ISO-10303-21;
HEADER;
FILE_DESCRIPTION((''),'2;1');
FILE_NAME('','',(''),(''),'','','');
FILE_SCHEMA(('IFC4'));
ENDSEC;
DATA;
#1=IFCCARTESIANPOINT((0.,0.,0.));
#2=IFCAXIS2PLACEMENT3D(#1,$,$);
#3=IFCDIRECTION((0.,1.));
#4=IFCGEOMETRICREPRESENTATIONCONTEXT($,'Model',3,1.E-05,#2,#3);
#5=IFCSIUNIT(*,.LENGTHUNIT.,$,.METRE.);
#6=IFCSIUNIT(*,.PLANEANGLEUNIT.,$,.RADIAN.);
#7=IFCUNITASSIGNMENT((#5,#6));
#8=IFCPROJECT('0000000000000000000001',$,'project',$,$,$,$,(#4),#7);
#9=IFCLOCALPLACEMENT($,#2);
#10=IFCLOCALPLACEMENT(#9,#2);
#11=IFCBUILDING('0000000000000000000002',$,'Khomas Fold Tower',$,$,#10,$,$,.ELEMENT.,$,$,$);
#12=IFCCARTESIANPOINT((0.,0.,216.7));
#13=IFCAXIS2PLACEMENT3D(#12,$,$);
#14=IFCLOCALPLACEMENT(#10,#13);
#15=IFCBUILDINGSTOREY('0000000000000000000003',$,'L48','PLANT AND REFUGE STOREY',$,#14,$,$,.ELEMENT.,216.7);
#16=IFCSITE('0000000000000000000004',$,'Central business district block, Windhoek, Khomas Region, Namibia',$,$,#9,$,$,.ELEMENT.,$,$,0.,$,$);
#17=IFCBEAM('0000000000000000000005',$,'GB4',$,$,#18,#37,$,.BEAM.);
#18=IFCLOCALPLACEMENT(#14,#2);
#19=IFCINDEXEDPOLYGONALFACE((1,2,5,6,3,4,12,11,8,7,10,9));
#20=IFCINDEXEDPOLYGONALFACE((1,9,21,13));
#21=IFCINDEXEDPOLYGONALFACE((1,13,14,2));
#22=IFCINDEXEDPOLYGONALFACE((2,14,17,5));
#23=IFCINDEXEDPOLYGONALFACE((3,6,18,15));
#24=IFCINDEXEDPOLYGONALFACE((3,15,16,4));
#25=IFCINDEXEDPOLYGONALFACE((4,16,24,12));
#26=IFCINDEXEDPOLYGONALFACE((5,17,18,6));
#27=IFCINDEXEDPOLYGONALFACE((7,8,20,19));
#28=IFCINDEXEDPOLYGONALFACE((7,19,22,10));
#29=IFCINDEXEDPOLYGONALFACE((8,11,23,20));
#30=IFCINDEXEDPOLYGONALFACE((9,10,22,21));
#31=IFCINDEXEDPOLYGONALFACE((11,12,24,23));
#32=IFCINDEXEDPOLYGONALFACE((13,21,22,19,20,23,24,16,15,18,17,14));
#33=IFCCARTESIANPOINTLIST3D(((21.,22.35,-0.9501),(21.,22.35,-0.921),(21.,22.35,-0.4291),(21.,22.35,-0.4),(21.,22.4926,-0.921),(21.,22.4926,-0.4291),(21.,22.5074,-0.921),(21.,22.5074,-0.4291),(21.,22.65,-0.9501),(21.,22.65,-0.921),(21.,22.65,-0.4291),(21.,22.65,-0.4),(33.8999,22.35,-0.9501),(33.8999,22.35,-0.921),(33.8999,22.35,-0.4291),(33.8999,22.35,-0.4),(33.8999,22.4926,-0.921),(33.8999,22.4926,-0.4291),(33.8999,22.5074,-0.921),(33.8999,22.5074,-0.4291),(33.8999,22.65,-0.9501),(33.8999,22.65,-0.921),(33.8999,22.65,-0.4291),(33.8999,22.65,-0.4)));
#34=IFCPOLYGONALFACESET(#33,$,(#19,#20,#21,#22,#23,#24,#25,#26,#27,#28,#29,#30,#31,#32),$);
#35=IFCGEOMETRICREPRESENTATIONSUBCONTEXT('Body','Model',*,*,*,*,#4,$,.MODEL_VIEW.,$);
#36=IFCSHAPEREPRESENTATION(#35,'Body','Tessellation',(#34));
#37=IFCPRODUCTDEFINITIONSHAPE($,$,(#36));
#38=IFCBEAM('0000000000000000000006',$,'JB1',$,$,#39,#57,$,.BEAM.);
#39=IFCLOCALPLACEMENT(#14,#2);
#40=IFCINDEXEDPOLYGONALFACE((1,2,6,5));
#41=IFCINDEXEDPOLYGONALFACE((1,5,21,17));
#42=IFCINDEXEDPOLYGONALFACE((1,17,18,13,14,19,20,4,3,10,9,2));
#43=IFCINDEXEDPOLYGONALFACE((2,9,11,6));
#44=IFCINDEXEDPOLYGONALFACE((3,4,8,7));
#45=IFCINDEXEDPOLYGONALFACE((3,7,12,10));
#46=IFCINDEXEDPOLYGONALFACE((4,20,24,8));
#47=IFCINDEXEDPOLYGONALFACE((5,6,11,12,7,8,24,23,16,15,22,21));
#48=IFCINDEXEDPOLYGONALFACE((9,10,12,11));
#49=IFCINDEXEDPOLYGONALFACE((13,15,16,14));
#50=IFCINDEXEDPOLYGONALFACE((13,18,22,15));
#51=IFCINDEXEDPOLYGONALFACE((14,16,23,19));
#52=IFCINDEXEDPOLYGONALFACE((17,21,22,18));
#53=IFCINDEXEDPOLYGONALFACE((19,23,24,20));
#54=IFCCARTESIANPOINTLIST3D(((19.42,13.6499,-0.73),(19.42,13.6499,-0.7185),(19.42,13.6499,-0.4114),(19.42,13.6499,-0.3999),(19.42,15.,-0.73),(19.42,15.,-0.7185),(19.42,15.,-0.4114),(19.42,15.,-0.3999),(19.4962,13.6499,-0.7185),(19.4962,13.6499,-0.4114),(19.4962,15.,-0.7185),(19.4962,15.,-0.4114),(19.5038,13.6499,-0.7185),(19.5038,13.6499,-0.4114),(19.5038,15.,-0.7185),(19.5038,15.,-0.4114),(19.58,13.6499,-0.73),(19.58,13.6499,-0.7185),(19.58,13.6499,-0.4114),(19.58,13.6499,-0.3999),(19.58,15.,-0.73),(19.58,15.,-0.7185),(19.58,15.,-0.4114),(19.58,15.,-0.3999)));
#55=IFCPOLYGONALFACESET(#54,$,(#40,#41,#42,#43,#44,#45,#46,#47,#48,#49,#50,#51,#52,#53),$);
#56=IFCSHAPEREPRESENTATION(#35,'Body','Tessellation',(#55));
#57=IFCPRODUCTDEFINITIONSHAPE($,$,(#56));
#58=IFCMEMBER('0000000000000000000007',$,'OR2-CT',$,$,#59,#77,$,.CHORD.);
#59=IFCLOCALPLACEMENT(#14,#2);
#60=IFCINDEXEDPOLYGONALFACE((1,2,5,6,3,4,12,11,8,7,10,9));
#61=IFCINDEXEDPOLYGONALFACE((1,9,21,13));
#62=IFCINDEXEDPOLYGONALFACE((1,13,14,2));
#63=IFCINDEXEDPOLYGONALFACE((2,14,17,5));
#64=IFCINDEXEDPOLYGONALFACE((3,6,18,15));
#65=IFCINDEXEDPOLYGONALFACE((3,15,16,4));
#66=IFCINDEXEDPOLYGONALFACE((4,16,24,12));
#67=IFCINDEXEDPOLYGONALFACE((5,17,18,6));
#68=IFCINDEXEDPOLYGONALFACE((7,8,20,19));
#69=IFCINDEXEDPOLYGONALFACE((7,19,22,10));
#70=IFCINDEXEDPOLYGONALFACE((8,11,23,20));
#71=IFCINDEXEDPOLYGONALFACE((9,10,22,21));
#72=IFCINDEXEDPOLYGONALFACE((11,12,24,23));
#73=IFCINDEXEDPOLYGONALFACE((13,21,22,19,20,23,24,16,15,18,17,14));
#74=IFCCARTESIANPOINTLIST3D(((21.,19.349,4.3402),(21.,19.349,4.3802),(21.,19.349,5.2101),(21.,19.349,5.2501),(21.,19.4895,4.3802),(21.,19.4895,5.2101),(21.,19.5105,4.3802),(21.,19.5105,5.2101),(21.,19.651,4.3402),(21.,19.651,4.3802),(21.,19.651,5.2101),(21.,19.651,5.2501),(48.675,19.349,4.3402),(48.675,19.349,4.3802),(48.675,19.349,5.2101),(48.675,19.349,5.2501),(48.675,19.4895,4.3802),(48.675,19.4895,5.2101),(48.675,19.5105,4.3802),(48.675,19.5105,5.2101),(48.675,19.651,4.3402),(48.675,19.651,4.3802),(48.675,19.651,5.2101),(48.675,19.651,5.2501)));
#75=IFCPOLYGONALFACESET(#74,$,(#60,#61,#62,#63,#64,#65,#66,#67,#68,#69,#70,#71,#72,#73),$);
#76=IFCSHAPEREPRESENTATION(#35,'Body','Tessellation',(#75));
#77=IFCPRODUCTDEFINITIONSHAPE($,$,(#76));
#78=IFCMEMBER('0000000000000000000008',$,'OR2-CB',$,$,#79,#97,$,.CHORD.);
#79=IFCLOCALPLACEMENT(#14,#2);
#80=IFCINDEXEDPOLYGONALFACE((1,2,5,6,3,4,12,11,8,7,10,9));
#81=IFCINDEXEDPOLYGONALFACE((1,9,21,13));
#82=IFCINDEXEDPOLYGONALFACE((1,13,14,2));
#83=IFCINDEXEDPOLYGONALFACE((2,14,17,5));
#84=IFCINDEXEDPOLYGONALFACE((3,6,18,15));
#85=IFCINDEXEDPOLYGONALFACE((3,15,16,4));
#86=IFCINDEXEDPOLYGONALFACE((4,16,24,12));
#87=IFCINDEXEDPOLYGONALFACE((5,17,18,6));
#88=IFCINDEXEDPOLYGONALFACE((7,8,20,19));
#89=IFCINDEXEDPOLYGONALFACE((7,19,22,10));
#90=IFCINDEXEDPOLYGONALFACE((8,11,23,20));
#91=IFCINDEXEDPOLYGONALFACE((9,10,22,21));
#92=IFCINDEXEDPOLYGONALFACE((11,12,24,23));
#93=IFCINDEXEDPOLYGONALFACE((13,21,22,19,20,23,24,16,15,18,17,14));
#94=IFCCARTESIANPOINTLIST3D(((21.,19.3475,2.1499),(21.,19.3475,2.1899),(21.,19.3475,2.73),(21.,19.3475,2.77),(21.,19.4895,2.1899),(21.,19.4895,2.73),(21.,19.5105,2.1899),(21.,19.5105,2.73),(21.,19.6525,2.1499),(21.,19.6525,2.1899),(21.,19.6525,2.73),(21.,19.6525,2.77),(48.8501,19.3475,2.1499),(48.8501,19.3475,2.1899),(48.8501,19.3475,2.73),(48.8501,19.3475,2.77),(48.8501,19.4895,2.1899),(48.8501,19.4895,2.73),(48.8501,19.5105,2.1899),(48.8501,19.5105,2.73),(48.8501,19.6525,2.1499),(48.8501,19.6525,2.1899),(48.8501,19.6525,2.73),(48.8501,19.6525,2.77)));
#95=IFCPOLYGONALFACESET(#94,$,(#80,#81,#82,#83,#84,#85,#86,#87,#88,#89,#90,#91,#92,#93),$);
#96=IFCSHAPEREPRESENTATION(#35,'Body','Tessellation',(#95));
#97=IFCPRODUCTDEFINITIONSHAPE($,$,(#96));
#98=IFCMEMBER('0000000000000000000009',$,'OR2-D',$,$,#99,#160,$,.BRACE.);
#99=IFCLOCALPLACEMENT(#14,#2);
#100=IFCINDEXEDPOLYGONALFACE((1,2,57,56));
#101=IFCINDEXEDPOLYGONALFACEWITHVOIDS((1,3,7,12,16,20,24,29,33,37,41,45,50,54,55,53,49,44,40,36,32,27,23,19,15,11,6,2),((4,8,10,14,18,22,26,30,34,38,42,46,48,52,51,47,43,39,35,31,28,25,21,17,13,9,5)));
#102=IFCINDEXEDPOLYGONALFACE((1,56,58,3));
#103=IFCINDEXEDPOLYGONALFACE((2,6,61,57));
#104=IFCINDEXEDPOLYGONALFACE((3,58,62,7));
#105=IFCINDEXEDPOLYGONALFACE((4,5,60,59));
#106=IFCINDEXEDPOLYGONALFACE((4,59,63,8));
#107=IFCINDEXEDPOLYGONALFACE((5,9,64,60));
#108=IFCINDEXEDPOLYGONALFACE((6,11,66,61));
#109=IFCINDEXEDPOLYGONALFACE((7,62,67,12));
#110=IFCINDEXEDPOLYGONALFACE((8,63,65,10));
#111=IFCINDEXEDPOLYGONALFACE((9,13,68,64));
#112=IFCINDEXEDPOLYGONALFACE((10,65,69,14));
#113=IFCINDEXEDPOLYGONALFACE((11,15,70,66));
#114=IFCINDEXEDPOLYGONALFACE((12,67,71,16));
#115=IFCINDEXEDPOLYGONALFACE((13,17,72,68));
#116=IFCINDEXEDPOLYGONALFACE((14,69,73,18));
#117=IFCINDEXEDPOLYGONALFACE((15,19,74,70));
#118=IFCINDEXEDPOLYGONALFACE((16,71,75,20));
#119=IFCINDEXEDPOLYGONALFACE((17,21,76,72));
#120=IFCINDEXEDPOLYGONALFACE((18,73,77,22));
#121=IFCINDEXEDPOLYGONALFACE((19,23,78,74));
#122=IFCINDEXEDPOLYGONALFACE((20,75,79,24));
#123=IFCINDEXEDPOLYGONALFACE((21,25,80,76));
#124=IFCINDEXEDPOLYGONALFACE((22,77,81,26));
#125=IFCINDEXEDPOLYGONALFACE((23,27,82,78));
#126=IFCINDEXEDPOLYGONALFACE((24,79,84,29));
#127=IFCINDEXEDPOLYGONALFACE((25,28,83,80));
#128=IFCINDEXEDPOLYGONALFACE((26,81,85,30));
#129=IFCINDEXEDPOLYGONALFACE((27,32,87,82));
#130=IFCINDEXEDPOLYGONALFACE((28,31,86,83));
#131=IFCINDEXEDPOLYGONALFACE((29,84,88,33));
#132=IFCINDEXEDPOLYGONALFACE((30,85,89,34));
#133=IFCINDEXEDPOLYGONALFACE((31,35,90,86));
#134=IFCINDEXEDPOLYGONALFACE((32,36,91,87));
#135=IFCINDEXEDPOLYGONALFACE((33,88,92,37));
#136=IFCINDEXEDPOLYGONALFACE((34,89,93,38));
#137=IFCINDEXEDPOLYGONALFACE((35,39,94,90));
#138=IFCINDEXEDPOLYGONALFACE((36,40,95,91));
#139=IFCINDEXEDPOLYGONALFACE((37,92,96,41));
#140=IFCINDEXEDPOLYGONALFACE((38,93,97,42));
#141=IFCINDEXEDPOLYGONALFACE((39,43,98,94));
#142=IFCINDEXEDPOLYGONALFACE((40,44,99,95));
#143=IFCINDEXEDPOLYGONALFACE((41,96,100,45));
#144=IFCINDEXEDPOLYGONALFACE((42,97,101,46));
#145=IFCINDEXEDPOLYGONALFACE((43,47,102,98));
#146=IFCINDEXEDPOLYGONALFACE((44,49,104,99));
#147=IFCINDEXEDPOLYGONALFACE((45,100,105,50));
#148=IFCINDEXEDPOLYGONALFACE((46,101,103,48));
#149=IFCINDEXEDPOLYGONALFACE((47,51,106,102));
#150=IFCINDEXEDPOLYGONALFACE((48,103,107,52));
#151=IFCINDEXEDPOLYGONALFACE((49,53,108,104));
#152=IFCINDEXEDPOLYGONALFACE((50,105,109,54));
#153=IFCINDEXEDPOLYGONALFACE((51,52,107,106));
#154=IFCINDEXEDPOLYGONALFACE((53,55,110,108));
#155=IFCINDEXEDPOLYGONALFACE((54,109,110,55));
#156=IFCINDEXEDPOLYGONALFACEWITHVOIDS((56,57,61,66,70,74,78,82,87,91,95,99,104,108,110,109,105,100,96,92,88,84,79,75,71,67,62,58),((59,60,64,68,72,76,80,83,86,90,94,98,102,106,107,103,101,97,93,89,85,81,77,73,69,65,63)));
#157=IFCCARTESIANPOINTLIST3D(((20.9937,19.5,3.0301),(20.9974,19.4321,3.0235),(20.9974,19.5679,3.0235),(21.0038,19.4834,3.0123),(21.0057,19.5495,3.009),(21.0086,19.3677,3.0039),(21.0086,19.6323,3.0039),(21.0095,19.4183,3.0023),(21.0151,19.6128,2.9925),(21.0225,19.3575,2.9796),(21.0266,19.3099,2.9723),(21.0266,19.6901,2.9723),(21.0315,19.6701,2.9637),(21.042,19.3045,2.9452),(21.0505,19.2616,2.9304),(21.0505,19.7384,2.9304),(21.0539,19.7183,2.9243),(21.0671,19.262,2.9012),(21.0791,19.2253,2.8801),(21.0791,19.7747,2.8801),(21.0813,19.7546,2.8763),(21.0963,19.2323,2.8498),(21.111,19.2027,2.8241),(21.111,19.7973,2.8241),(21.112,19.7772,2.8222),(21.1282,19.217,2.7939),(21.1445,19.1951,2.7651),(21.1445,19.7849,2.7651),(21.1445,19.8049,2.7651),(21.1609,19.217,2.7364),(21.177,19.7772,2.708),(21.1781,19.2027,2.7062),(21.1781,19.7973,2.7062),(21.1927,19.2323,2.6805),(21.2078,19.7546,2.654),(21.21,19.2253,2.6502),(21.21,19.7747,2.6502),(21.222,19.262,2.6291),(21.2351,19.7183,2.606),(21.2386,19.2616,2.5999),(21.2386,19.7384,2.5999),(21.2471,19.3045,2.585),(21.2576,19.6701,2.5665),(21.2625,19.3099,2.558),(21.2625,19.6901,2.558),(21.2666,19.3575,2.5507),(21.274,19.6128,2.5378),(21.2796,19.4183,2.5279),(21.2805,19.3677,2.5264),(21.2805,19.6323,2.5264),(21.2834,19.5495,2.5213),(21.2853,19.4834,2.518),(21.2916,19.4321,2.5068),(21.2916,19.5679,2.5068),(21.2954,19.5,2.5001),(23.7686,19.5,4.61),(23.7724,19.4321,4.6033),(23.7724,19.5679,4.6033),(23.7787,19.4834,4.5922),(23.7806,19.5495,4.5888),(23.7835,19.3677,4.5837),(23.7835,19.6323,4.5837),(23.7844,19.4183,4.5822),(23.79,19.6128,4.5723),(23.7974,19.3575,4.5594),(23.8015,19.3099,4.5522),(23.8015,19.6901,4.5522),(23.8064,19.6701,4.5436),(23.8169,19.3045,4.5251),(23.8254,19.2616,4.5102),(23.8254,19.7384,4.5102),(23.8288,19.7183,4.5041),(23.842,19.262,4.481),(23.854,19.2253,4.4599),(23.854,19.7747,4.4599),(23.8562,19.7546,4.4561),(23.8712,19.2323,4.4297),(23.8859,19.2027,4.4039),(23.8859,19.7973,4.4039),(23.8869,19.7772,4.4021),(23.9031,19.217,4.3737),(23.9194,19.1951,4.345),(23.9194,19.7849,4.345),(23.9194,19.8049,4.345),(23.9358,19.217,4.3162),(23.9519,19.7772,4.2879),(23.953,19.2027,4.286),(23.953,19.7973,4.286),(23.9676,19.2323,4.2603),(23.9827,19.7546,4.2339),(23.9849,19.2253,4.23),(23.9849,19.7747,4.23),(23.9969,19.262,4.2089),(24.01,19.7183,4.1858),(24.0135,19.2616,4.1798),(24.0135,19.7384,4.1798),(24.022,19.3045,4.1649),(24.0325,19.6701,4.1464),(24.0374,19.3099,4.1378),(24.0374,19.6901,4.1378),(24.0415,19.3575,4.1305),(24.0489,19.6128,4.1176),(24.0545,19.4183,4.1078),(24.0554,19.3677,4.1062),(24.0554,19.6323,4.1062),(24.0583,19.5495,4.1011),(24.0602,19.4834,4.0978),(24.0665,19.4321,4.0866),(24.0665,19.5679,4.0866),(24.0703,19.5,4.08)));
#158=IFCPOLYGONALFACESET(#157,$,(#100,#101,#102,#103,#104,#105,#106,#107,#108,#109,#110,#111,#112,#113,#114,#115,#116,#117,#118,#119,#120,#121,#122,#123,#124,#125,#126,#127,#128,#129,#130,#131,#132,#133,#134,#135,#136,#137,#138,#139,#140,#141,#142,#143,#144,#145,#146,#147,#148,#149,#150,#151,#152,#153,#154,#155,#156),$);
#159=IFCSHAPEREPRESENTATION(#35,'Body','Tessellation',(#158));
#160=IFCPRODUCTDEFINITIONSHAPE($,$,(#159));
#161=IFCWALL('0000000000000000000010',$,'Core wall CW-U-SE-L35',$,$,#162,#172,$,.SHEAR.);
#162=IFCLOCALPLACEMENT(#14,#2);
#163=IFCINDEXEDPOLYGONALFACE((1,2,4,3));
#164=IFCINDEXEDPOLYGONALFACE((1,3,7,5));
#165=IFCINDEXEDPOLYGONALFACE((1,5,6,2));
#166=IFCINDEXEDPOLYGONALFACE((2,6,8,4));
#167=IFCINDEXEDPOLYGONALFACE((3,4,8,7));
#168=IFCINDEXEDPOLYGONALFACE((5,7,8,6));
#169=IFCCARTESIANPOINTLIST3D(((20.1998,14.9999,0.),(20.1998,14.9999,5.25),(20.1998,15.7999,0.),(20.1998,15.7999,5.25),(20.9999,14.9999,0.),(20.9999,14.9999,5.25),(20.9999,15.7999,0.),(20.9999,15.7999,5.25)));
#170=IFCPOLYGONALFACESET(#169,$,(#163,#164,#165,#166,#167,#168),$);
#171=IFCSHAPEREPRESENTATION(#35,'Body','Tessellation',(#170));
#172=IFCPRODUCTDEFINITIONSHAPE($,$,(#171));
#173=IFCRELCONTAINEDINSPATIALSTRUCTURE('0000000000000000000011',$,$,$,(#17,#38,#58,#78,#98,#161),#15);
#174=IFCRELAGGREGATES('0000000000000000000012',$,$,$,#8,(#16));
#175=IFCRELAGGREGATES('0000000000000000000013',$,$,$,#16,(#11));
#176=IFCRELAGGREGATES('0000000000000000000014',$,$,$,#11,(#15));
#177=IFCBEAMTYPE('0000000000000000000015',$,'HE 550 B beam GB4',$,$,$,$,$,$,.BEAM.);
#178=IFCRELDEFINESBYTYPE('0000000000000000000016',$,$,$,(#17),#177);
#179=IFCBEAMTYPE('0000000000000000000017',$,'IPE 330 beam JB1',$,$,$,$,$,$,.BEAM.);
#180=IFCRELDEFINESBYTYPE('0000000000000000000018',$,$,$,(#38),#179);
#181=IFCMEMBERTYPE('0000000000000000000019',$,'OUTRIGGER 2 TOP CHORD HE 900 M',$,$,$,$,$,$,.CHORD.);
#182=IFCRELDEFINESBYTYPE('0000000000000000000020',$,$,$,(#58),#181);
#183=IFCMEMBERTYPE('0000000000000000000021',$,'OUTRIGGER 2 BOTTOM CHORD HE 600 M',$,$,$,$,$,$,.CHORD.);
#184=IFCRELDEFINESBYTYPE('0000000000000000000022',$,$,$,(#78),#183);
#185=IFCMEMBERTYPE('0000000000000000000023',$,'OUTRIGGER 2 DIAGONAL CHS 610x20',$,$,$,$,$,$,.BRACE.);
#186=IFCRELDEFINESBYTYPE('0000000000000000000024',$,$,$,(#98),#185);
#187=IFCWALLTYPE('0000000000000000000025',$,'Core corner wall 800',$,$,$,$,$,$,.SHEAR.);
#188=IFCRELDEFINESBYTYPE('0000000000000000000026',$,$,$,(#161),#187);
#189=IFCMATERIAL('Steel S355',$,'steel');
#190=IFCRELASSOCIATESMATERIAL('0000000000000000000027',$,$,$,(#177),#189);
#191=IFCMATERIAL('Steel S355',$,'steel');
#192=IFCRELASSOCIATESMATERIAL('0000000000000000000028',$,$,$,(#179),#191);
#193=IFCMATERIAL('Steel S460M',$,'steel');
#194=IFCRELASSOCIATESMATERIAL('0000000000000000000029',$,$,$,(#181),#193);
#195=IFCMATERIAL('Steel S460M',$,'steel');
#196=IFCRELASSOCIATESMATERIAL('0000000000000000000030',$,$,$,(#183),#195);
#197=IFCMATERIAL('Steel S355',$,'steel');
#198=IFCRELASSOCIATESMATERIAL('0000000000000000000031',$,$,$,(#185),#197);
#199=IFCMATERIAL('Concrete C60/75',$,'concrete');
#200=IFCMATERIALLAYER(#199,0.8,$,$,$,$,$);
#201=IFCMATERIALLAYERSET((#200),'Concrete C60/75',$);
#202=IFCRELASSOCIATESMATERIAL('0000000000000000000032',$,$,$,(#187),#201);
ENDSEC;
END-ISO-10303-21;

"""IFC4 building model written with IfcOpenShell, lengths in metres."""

from ifc_helpers import new_model, si_unit, direction, frame, frame_2d, origin, origin_2d, place, context, subcontext, project, spatial, rectangle, hollow_circle, i_section, extrude, source, transform, mapped, material, layer, layer_set, material_profile, profile_set, type_object, element, save


model = new_model("IFC4")

# Units and contexts
model_context = context("Model", 3, precision=1e-05, world=origin(), true_north=direction((0.0, 1.0)))
body_context = subcontext(model_context, "Body", "Model", "MODEL_VIEW")
ifc_project = project(units=[si_unit("LENGTHUNIT", "METRE"), si_unit("PLANEANGLEUNIT", "RADIAN")], contexts=[model_context])

# Site, building, storey
site_placement = place(None, origin())
site = spatial("IfcSite", under=ifc_project, at=site_placement, Name="Central business district block, Windhoek, Khomas Region, Namibia", CompositionType="ELEMENT", RefElevation=0.0)
building_placement = place(site_placement, origin())
building = spatial("IfcBuilding", under=site, at=building_placement, Name="Khomas Fold Tower", CompositionType="ELEMENT")
storey_placement = place(building_placement, frame((0.0, 0.0, 216.7)))
storey = spatial("IfcBuildingStorey", under=building, at=storey_placement, Name="L48", Description="PLANT AND REFUGE STOREY", CompositionType="ELEMENT", Elevation=216.7)

# Beams
ifc_material_1 = material(Name="Steel S355", Category="steel")
ifc_material_profile_1 = material_profile(ifc_material_1, i_section(OverallWidth=0.3, OverallDepth=0.55, WebThickness=0.0149, FlangeThickness=0.0291, at=origin_2d()), Name="HE 550 B")
ifc_profile_set_1 = profile_set([ifc_material_profile_1], Name="Steel S355")
beam_type_1 = type_object("IfcBeamType", Name="HE 550 B beam GB4", PredefinedType="BEAM", material=ifc_profile_set_1)
shared_shape_1 = source(origin(), body_context, "Body", "SweptSolid", [
    extrude(i_section(OverallWidth=0.3, OverallDepth=0.55, WebThickness=0.0149, FlangeThickness=0.0291, at=origin_2d()), origin(), (0.0, 0.0, 1.0), 12.8999),
])
beam_1_placement = place(storey_placement, frame((21.0, 22.5, -0.675), z_axis=(1.0, 0.0, 0.0), x_axis=(0.0, 1.0, 0.0)))
element("IfcBeam", 1, at=beam_1_placement, inside=storey, type_object=beam_type_1, Name="GB4", PredefinedType="BEAM", context=body_context, shape_type="MappedRepresentation", body=[
    mapped(shared_shape_1, transform((0.0, 0.0, 0.0))),
])
ifc_material_2 = material(Name="Steel S355", Category="steel")
ifc_material_profile_2 = material_profile(ifc_material_2, i_section(OverallWidth=0.1599, OverallDepth=0.3301, WebThickness=0.0076, FlangeThickness=0.0115, at=origin_2d()), Name="IPE 330")
ifc_profile_set_2 = profile_set([ifc_material_profile_2], Name="Steel S355")
beam_type_2 = type_object("IfcBeamType", Name="IPE 330 beam JB1", PredefinedType="BEAM", material=ifc_profile_set_2)
shared_shape_2 = source(origin(), body_context, "Body", "SweptSolid", [
    extrude(i_section(OverallWidth=0.1599, OverallDepth=0.3301, WebThickness=0.0076, FlangeThickness=0.0115, at=origin_2d()), origin(), (0.0, 0.0, 1.0), 1.3501),
])
beam_2_placement = place(storey_placement, frame((19.5, 13.6499, -0.5649), z_axis=(0.0, 1.0, 0.0), x_axis=(-1.0, 0.0, 0.0)))
element("IfcBeam", 2, at=beam_2_placement, inside=storey, type_object=beam_type_2, Name="JB1", PredefinedType="BEAM", context=body_context, shape_type="MappedRepresentation", body=[
    mapped(shared_shape_2, transform((0.0, 0.0, 0.0))),
])

# Members
ifc_material_3 = material(Name="Steel S460M", Category="steel")
ifc_material_profile_3 = material_profile(ifc_material_3, i_section(OverallWidth=0.302, OverallDepth=0.9099, WebThickness=0.021, FlangeThickness=0.04, at=origin_2d()), Name="HE 900 M")
ifc_profile_set_3 = profile_set([ifc_material_profile_3], Name="Steel S460M")
member_type_1 = type_object("IfcMemberType", Name="OUTRIGGER 2 TOP CHORD HE 900 M", PredefinedType="CHORD", material=ifc_profile_set_3)
shared_shape_3 = source(origin(), body_context, "Body", "SweptSolid", [
    extrude(i_section(OverallWidth=0.302, OverallDepth=0.9099, WebThickness=0.021, FlangeThickness=0.04, at=origin_2d()), origin(), (0.0, 0.0, 1.0), 27.675),
])
member_1_placement = place(storey_placement, frame((21.0, 19.5, 4.7952), z_axis=(1.0, 0.0, 0.0), x_axis=(0.0, 1.0, 0.0)))
element("IfcMember", 3, at=member_1_placement, inside=storey, type_object=member_type_1, Name="OR2-CT", PredefinedType="CHORD", context=body_context, shape_type="MappedRepresentation", body=[
    mapped(shared_shape_3, transform((0.0, 0.0, 0.0))),
])
ifc_material_4 = material(Name="Steel S460M", Category="steel")
ifc_material_profile_4 = material_profile(ifc_material_4, i_section(OverallWidth=0.3049, OverallDepth=0.6201, WebThickness=0.021, FlangeThickness=0.04, at=origin_2d()), Name="HE 600 M")
ifc_profile_set_4 = profile_set([ifc_material_profile_4], Name="Steel S460M")
member_type_2 = type_object("IfcMemberType", Name="OUTRIGGER 2 BOTTOM CHORD HE 600 M", PredefinedType="CHORD", material=ifc_profile_set_4)
shared_shape_4 = source(origin(), body_context, "Body", "SweptSolid", [
    extrude(i_section(OverallWidth=0.3049, OverallDepth=0.6201, WebThickness=0.021, FlangeThickness=0.04, at=origin_2d()), origin(), (0.0, 0.0, 1.0), 27.8501),
])
member_2_placement = place(storey_placement, frame((21.0, 19.5, 2.46), z_axis=(1.0, 0.0, 0.0), x_axis=(0.0, 1.0, 0.0)))
element("IfcMember", 4, at=member_2_placement, inside=storey, type_object=member_type_2, Name="OR2-CB", PredefinedType="CHORD", context=body_context, shape_type="MappedRepresentation", body=[
    mapped(shared_shape_4, transform((0.0, 0.0, 0.0))),
])
ifc_material_5 = material(Name="Steel S355", Category="steel")
ifc_material_profile_5 = material_profile(ifc_material_5, hollow_circle(Radius=0.3049, WallThickness=0.02, at=origin_2d()), Name="CHS 610x20")
ifc_profile_set_5 = profile_set([ifc_material_profile_5], Name="Steel S355")
member_type_3 = type_object("IfcMemberType", Name="OUTRIGGER 2 DIAGONAL CHS 610x20", PredefinedType="BRACE", material=ifc_profile_set_5)
shared_shape_5 = source(origin(), body_context, "Body", "SweptSolid", [
    extrude(hollow_circle(Radius=0.3049, WallThickness=0.02, at=origin_2d()), origin(), (0.0, 0.0, 1.0), 3.1931),
])
member_3_placement = place(storey_placement, frame((21.1445, 19.5, 2.7651), z_axis=(0.869028, 0.0, 0.494763), x_axis=(0.0, 1.0, 0.0)))
element("IfcMember", 5, at=member_3_placement, inside=storey, type_object=member_type_3, Name="OR2-D", PredefinedType="BRACE", context=body_context, shape_type="MappedRepresentation", body=[
    mapped(shared_shape_5, transform((0.0, 0.0, 0.0))),
])

# Wall
ifc_material_6 = material(Name="Concrete C60/75", Category="concrete")
ifc_layer_1 = layer(ifc_material_6, 0.8)
ifc_layer_set_1 = layer_set([ifc_layer_1], Name="Concrete C60/75")
wall_type_1 = type_object("IfcWallType", Name="Core corner wall 800", PredefinedType="SHEAR", material=ifc_layer_set_1)
shared_shape_6 = source(origin(), body_context, "Body", "SweptSolid", [
    extrude(rectangle(XDim=0.8, YDim=0.8, at=frame_2d((0.3999, 0.0))), origin(), (0.0, 0.0, 1.0), 5.25),
])
wall_1_placement = place(storey_placement, frame((20.2, 15.3999, 0.0), z_axis=(0.0, 0.0, 1.0), x_axis=(1.0, 0.0, 0.0)))
element("IfcWall", 6, at=wall_1_placement, inside=storey, type_object=wall_type_1, Name="Core wall CW-U-SE-L35", PredefinedType="SHEAR", context=body_context, shape_type="MappedRepresentation", body=[
    mapped(shared_shape_6, transform((0.0, 0.0, 0.0))),
])

save(model, "model.ifc")
